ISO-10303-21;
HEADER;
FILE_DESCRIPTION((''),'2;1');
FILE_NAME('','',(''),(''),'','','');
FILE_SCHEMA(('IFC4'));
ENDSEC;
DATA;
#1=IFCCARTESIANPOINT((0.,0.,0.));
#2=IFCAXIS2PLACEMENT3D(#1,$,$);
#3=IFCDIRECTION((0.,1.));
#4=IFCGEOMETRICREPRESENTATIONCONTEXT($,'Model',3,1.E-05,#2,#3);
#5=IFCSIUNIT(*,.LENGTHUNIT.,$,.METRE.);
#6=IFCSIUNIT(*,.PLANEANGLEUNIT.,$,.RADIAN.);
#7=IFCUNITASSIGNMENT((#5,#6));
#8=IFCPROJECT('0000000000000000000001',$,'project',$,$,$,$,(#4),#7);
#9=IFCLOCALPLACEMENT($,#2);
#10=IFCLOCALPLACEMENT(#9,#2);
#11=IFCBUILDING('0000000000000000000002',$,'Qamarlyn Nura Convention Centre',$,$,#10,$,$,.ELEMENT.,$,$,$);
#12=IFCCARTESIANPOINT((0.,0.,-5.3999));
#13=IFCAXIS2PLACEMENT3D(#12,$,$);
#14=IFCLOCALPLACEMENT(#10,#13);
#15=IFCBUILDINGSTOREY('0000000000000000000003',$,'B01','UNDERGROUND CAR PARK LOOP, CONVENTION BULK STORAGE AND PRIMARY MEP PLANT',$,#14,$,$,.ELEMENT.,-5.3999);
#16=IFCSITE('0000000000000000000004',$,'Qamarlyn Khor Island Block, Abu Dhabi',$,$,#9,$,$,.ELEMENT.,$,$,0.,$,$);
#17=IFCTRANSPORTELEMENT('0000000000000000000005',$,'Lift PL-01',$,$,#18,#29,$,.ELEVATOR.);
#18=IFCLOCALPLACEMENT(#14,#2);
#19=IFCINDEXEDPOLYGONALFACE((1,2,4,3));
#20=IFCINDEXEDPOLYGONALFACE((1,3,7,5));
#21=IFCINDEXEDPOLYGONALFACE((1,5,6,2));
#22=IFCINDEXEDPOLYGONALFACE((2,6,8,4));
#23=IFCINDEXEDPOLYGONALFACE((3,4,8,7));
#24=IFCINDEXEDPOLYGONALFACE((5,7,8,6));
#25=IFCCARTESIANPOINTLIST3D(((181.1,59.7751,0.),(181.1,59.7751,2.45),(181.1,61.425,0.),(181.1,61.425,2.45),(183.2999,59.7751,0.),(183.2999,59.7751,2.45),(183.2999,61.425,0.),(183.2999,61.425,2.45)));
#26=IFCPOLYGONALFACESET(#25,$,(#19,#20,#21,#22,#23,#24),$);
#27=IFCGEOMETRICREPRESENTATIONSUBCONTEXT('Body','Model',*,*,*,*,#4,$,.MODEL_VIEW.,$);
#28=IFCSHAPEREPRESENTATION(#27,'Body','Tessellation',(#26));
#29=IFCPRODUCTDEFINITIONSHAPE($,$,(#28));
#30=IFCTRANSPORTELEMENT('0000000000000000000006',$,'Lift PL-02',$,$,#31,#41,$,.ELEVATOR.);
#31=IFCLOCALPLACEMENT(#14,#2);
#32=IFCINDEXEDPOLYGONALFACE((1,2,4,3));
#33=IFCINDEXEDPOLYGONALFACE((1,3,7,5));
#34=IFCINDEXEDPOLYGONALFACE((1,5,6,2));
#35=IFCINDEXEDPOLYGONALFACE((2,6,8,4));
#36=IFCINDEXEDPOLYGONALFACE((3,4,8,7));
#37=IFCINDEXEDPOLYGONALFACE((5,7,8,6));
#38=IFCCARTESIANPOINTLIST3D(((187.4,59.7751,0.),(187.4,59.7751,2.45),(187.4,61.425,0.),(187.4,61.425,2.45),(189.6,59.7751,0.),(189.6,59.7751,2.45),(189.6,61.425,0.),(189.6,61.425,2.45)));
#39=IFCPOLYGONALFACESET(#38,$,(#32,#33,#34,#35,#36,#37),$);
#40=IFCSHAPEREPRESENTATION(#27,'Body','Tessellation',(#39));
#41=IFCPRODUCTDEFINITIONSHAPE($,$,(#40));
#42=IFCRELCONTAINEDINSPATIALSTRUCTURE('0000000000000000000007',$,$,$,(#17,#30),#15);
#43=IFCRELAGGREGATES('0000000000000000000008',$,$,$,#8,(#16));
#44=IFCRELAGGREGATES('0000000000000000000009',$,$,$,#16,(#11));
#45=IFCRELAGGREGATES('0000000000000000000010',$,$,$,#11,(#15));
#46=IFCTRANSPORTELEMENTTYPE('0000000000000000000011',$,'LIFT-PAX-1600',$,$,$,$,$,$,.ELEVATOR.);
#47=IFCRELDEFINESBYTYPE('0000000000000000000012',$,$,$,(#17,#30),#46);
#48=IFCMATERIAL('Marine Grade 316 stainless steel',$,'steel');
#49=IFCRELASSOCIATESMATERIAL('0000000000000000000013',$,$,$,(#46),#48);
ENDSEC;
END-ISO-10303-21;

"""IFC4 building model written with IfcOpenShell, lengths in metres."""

from ifc_helpers import new_model, si_unit, direction, frame, origin, origin_2d, place, context, subcontext, project, spatial, rectangle, extrude, material, type_object, element, save


model = new_model("IFC4")

# Units and contexts
model_context = context("Model", 3, precision=1e-05, world=origin(), true_north=direction((0.0, 1.0)))
body_context = subcontext(model_context, "Body", "Model", "MODEL_VIEW")
ifc_project = project(units=[si_unit("LENGTHUNIT", "METRE"), si_unit("PLANEANGLEUNIT", "RADIAN")], contexts=[model_context])

# Site, building, storey
site_placement = place(None, origin())
site = spatial("IfcSite", under=ifc_project, at=site_placement, Name="Qamarlyn Khor Island Block, Abu Dhabi", CompositionType="ELEMENT", RefElevation=0.0)
building_placement = place(site_placement, origin())
building = spatial("IfcBuilding", under=site, at=building_placement, Name="Qamarlyn Nura Convention Centre", CompositionType="ELEMENT")
storey_placement = place(building_placement, frame((0.0, 0.0, -5.3999)))
storey = spatial("IfcBuildingStorey", under=building, at=storey_placement, Name="B01", Description="UNDERGROUND CAR PARK LOOP, CONVENTION BULK STORAGE AND PRIMARY MEP PLANT", CompositionType="ELEMENT", Elevation=-5.3999)

# Shared definitions
ifc_material_1 = material(Name="Marine Grade 316 stainless steel", Category="steel")

# Transport elements
transport_element_type = type_object("IfcTransportElementType", Name="LIFT-PAX-1600", PredefinedType="ELEVATOR", material=ifc_material_1)
for number, where, z_axis, x_axis, name in (
    (1, (182.2, 60.6001, 0.0), (0.0, 0.0, 1.0), (1.0, 0.0, 0.0), "Lift PL-01"),
    (2, (188.5, 60.6001, 0.0), (0.0, 0.0, 1.0), (1.0, 0.0, 0.0), "Lift PL-02"),
):
    element("IfcTransportElement", number, at=place(storey_placement, frame(where, z_axis=z_axis, x_axis=x_axis)), inside=storey, type_object=transport_element_type, Name=name, PredefinedType="ELEVATOR", context=body_context, shape_type="SweptSolid", body=[
        extrude(rectangle(XDim=2.2, YDim=1.6499, at=origin_2d()), origin(), (0.0, 0.0, 1.0), 2.45),
    ])

save(model, "model.ifc")
